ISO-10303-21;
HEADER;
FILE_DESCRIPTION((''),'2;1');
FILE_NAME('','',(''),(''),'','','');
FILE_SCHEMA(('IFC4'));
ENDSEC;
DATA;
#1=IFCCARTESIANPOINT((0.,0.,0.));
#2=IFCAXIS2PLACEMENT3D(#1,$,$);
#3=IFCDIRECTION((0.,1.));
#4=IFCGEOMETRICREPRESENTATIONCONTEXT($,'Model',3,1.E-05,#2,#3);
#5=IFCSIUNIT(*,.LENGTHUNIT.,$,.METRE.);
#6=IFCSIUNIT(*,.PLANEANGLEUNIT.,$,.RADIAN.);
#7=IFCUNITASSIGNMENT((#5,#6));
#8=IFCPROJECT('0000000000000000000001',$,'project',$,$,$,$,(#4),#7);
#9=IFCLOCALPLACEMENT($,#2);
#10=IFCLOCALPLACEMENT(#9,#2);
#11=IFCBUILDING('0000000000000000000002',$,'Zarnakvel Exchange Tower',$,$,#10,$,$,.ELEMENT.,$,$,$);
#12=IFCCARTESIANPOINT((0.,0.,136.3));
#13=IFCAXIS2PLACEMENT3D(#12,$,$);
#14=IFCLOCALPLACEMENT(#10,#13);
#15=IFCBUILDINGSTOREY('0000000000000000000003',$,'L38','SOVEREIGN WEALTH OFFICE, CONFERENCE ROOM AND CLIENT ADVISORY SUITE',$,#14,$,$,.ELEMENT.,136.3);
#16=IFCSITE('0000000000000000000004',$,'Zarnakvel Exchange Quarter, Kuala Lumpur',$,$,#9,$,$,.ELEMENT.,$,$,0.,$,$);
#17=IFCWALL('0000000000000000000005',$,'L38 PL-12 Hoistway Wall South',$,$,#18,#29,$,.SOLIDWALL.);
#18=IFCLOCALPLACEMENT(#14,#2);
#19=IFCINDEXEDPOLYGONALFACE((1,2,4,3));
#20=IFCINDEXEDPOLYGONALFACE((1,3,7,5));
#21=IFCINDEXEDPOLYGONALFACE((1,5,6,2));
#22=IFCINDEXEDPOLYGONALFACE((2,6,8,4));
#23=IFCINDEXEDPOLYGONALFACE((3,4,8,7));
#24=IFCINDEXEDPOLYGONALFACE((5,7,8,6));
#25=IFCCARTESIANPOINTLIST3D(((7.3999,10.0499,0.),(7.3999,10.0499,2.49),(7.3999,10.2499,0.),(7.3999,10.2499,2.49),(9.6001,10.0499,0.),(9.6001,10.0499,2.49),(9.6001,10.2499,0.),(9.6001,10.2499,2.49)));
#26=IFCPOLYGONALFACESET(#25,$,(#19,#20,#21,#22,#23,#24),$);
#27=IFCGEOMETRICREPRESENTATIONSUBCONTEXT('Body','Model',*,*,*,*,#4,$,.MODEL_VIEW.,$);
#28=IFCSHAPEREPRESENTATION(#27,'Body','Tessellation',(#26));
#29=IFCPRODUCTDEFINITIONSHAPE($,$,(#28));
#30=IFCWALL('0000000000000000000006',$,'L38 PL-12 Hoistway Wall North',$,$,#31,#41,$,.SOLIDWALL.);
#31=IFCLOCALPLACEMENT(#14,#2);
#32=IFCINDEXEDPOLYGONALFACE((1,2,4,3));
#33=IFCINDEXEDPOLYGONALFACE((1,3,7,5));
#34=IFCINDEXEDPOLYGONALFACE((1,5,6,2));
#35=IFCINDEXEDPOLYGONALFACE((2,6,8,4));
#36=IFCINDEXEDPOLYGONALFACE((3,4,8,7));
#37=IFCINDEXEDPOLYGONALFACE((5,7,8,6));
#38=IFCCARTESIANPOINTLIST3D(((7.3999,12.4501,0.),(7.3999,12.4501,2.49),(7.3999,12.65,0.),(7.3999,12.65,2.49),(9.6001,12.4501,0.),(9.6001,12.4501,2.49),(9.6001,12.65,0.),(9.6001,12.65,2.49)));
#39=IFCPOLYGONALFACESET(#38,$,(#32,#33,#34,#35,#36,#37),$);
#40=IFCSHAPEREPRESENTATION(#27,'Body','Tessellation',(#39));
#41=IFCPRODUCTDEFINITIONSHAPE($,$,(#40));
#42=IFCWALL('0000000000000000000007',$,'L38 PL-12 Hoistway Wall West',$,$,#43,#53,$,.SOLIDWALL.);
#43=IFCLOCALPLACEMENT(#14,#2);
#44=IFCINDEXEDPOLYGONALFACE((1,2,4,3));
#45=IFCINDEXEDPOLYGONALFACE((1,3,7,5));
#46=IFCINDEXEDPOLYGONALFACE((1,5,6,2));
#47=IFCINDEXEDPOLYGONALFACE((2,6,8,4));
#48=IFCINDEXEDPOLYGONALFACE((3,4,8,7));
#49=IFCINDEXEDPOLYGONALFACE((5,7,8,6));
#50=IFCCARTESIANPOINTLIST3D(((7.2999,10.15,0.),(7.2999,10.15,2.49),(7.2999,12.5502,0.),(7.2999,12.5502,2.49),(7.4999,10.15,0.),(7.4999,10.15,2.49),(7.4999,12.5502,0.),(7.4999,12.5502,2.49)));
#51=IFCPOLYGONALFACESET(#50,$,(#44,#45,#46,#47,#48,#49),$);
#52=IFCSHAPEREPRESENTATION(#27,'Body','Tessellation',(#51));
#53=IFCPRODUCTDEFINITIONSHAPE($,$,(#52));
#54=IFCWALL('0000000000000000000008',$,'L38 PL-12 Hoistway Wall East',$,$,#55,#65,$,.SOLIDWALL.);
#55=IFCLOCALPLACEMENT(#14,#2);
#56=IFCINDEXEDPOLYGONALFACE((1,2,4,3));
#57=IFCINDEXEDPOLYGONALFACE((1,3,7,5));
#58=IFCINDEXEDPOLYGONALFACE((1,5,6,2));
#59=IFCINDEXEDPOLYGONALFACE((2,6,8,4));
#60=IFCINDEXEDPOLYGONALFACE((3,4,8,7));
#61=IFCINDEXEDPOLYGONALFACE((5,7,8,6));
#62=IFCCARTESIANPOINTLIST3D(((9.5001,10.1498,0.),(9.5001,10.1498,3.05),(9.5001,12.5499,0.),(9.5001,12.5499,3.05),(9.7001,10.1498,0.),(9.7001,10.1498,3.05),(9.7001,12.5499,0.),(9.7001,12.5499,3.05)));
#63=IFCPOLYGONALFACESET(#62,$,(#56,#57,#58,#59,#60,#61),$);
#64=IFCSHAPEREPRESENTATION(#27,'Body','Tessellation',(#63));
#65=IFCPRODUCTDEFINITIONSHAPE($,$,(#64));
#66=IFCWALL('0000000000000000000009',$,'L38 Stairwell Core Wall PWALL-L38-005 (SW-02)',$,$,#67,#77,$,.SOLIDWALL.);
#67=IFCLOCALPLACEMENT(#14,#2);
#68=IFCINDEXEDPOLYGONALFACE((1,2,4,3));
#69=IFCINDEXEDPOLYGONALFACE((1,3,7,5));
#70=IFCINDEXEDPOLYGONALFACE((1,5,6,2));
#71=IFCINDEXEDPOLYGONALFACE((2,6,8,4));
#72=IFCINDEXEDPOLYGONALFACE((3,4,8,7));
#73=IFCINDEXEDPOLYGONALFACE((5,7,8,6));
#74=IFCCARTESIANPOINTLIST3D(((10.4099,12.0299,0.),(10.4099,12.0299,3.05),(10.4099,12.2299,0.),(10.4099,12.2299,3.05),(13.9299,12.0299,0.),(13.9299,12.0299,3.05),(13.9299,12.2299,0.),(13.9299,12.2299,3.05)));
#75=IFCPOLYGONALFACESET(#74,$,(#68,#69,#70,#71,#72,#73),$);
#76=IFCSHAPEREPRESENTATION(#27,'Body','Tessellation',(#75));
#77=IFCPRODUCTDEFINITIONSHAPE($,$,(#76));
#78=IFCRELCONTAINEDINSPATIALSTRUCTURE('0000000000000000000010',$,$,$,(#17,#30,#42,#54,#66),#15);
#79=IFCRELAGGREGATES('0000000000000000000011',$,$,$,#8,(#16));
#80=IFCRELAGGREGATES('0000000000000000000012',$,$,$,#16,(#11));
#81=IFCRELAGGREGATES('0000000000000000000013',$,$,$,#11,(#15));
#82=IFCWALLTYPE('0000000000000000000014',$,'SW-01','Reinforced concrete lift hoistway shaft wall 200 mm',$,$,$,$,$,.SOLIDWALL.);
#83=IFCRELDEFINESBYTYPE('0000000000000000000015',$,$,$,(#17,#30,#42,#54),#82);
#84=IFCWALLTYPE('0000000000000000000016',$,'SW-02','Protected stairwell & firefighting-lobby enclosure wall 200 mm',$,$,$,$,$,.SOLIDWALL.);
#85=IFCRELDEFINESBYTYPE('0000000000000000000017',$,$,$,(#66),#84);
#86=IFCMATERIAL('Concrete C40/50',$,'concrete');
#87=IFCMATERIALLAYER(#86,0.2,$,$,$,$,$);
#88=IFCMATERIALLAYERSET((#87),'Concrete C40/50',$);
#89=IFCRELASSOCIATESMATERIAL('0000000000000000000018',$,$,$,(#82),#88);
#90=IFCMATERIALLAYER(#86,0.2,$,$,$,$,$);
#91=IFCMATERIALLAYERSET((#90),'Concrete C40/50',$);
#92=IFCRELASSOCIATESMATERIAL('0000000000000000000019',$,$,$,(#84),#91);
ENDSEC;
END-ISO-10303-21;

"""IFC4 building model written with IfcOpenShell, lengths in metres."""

from ifc_helpers import new_model, si_unit, direction, frame, frame_2d, origin, place, context, subcontext, project, spatial, rectangle, extrude, material, layer, layer_set, type_object, element, save


model = new_model("IFC4")

# Units and contexts
model_context = context("Model", 3, precision=1e-05, world=origin(), true_north=direction((0.0, 1.0)))
body_context = subcontext(model_context, "Body", "Model", "MODEL_VIEW")
ifc_project = project(units=[si_unit("LENGTHUNIT", "METRE"), si_unit("PLANEANGLEUNIT", "RADIAN")], contexts=[model_context])

# Site, building, storey
site_placement = place(None, origin())
site = spatial("IfcSite", under=ifc_project, at=site_placement, Name="Zarnakvel Exchange Quarter, Kuala Lumpur", CompositionType="ELEMENT", RefElevation=0.0)
building_placement = place(site_placement, origin())
building = spatial("IfcBuilding", under=site, at=building_placement, Name="Zarnakvel Exchange Tower", CompositionType="ELEMENT")
storey_placement = place(building_placement, frame((0.0, 0.0, 136.3)))
storey = spatial("IfcBuildingStorey", under=building, at=storey_placement, Name="L38", Description="SOVEREIGN WEALTH OFFICE, CONFERENCE ROOM AND CLIENT ADVISORY SUITE", CompositionType="ELEMENT", Elevation=136.3)

# Walls
ifc_material_1 = material(Name="Concrete C40/50", Category="concrete")
ifc_layer_1 = layer(ifc_material_1, 0.2)
ifc_layer_set_1 = layer_set([ifc_layer_1], Name="Concrete C40/50")
wall_type_1 = type_object("IfcWallType", Name="SW-01", Description="Reinforced concrete lift hoistway shaft wall 200 mm", PredefinedType="SOLIDWALL", material=ifc_layer_set_1)
for number, where, z_axis, x_axis, name in (
    (1, (9.6001, 10.1499, 0.0), (0.0, 0.0, 1.0), (-1.0, 0.0, 0.0), "L38 PL-12 Hoistway Wall South"),
    (2, (7.3999, 12.55, 0.0), (0.0, 0.0, 1.0), (1.0, 0.0, 0.0), "L38 PL-12 Hoistway Wall North"),
):
    element("IfcWall", number, at=place(storey_placement, frame(where, z_axis=z_axis, x_axis=x_axis)), inside=storey, type_object=wall_type_1, Name=name, PredefinedType="SOLIDWALL", context=body_context, shape_type="SweptSolid", body=[
        extrude(rectangle(XDim=2.2002, YDim=0.2, at=frame_2d((1.1001, 0.0))), origin(), (0.0, 0.0, 1.0), 2.49),
    ])
wall_1_placement = place(storey_placement, frame((7.3999, 10.1499, 0.0), z_axis=(0.0, 0.0, 1.0), x_axis=(0.0, 1.0, 0.0)))
element("IfcWall", 3, at=wall_1_placement, inside=storey, type_object=wall_type_1, Name="L38 PL-12 Hoistway Wall West", PredefinedType="SOLIDWALL", context=body_context, shape_type="SweptSolid", body=[
    extrude(rectangle(XDim=2.4001, YDim=0.2, at=frame_2d((1.2002, 0.0))), origin(), (0.0, 0.0, 1.0), 2.49),
])
wall_2_placement = place(storey_placement, frame((9.6001, 12.55, 0.0), z_axis=(0.0, 0.0, 1.0), x_axis=(0.0, -1.0, 0.0)))
element("IfcWall", 4, at=wall_2_placement, inside=storey, type_object=wall_type_1, Name="L38 PL-12 Hoistway Wall East", PredefinedType="SOLIDWALL", context=body_context, shape_type="SweptSolid", body=[
    extrude(rectangle(XDim=2.4001, YDim=0.2, at=frame_2d((1.2002, 0.0))), origin(), (0.0, 0.0, 1.0), 3.05),
])
ifc_layer_2 = layer(ifc_material_1, 0.2)
ifc_layer_set_2 = layer_set([ifc_layer_2], Name="Concrete C40/50")
wall_type_2 = type_object("IfcWallType", Name="SW-02", Description="Protected stairwell & firefighting-lobby enclosure wall 200 mm", PredefinedType="SOLIDWALL", material=ifc_layer_set_2)
wall_3_placement = place(storey_placement, frame((10.4099, 12.1299, 0.0), z_axis=(0.0, 0.0, 1.0), x_axis=(1.0, 0.0, 0.0)))
element("IfcWall", 5, at=wall_3_placement, inside=storey, type_object=wall_type_2, Name="L38 Stairwell Core Wall PWALL-L38-005 (SW-02)", PredefinedType="SOLIDWALL", context=body_context, shape_type="SweptSolid", body=[
    extrude(rectangle(XDim=3.52, YDim=0.2, at=frame_2d((1.76, 0.0))), origin(), (0.0, 0.0, 1.0), 3.05),
])

save(model, "model.ifc")
